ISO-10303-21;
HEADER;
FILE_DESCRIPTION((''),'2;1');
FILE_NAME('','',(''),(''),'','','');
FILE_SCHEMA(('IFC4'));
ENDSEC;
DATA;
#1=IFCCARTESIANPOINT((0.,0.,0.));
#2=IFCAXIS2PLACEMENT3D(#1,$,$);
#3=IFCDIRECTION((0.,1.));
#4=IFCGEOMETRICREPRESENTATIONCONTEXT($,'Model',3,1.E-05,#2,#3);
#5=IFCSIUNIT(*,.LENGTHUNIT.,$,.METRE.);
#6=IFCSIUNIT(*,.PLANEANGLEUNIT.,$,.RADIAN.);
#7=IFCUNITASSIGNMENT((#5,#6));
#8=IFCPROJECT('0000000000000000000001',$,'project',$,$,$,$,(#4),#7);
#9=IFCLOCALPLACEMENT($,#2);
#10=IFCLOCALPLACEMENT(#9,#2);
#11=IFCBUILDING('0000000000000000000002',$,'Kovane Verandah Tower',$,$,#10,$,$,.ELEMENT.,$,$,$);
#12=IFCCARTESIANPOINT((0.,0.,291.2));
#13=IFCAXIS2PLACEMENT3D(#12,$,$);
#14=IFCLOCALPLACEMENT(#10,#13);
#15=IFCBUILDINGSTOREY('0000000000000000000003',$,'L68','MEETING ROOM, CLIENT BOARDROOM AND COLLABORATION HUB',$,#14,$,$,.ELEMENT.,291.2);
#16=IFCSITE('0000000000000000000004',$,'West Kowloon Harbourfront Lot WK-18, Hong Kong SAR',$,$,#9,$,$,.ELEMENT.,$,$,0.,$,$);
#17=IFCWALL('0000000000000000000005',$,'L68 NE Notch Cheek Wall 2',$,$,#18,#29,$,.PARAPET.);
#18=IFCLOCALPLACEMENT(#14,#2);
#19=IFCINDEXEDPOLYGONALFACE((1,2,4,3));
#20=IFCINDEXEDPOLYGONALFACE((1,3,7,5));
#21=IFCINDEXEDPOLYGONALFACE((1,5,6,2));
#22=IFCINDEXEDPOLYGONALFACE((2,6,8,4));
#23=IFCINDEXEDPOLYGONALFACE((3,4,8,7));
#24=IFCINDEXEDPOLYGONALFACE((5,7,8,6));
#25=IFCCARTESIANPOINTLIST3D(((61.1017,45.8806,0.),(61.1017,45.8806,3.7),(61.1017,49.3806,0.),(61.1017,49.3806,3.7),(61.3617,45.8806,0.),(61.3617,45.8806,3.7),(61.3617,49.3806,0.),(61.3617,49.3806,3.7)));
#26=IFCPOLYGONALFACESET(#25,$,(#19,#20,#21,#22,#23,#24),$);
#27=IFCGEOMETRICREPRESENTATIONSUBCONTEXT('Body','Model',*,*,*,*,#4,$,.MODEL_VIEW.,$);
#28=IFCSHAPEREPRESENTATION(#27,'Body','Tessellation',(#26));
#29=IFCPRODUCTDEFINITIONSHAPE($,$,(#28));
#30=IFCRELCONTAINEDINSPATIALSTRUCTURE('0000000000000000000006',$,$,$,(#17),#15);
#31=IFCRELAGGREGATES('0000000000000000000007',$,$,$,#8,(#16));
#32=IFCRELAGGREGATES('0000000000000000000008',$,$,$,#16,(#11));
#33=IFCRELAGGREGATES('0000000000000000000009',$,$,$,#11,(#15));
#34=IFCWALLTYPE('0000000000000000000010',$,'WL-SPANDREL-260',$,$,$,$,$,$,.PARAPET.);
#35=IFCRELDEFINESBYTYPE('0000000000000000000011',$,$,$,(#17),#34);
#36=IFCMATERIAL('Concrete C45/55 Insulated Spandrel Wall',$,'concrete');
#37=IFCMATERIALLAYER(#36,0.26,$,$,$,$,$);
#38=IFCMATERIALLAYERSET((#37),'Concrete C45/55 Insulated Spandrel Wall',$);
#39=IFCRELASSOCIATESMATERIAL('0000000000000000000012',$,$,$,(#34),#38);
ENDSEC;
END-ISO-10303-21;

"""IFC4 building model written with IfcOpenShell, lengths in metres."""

from ifc_helpers import new_model, si_unit, direction, frame, frame_2d, origin, place, context, subcontext, project, spatial, rectangle, extrude, material, layer, layer_set, type_object, element, save


model = new_model("IFC4")

# Units and contexts
model_context = context("Model", 3, precision=1e-05, world=origin(), true_north=direction((0.0, 1.0)))
body_context = subcontext(model_context, "Body", "Model", "MODEL_VIEW")
ifc_project = project(units=[si_unit("LENGTHUNIT", "METRE"), si_unit("PLANEANGLEUNIT", "RADIAN")], contexts=[model_context])

# Site, building, storey
site_placement = place(None, origin())
site = spatial("IfcSite", under=ifc_project, at=site_placement, Name="West Kowloon Harbourfront Lot WK-18, Hong Kong SAR", CompositionType="ELEMENT", RefElevation=0.0)
building_placement = place(site_placement, origin())
building = spatial("IfcBuilding", under=site, at=building_placement, Name="Kovane Verandah Tower", CompositionType="ELEMENT")
storey_placement = place(building_placement, frame((0.0, 0.0, 291.2)))
storey = spatial("IfcBuildingStorey", under=building, at=storey_placement, Name="L68", Description="MEETING ROOM, CLIENT BOARDROOM AND COLLABORATION HUB", CompositionType="ELEMENT", Elevation=291.2)

# Shared definitions
ifc_material_1 = material(Name="Concrete C45/55 Insulated Spandrel Wall", Category="concrete")
ifc_layer_1 = layer(ifc_material_1, 0.26)
ifc_layer_set_1 = layer_set([ifc_layer_1], Name="Concrete C45/55 Insulated Spandrel Wall")
wall_type_1 = type_object("IfcWallType", Name="WL-SPANDREL-260", PredefinedType="PARAPET", material=ifc_layer_set_1)

# Wall
wall_1_placement = place(storey_placement, frame((61.2317, 45.8806, 0.0), z_axis=(0.0, 0.0, 1.0), x_axis=(0.0, 1.0, 0.0)))
element("IfcWall", 1, at=wall_1_placement, inside=storey, type_object=wall_type_1, Name="L68 NE Notch Cheek Wall 2", PredefinedType="PARAPET", context=body_context, shape_type="SweptSolid", body=[
    extrude(rectangle(XDim=3.5, YDim=0.26, at=frame_2d((1.75, 0.0))), origin(), (0.0, 0.0, 1.0), 3.7),
])

save(model, "model.ifc")
